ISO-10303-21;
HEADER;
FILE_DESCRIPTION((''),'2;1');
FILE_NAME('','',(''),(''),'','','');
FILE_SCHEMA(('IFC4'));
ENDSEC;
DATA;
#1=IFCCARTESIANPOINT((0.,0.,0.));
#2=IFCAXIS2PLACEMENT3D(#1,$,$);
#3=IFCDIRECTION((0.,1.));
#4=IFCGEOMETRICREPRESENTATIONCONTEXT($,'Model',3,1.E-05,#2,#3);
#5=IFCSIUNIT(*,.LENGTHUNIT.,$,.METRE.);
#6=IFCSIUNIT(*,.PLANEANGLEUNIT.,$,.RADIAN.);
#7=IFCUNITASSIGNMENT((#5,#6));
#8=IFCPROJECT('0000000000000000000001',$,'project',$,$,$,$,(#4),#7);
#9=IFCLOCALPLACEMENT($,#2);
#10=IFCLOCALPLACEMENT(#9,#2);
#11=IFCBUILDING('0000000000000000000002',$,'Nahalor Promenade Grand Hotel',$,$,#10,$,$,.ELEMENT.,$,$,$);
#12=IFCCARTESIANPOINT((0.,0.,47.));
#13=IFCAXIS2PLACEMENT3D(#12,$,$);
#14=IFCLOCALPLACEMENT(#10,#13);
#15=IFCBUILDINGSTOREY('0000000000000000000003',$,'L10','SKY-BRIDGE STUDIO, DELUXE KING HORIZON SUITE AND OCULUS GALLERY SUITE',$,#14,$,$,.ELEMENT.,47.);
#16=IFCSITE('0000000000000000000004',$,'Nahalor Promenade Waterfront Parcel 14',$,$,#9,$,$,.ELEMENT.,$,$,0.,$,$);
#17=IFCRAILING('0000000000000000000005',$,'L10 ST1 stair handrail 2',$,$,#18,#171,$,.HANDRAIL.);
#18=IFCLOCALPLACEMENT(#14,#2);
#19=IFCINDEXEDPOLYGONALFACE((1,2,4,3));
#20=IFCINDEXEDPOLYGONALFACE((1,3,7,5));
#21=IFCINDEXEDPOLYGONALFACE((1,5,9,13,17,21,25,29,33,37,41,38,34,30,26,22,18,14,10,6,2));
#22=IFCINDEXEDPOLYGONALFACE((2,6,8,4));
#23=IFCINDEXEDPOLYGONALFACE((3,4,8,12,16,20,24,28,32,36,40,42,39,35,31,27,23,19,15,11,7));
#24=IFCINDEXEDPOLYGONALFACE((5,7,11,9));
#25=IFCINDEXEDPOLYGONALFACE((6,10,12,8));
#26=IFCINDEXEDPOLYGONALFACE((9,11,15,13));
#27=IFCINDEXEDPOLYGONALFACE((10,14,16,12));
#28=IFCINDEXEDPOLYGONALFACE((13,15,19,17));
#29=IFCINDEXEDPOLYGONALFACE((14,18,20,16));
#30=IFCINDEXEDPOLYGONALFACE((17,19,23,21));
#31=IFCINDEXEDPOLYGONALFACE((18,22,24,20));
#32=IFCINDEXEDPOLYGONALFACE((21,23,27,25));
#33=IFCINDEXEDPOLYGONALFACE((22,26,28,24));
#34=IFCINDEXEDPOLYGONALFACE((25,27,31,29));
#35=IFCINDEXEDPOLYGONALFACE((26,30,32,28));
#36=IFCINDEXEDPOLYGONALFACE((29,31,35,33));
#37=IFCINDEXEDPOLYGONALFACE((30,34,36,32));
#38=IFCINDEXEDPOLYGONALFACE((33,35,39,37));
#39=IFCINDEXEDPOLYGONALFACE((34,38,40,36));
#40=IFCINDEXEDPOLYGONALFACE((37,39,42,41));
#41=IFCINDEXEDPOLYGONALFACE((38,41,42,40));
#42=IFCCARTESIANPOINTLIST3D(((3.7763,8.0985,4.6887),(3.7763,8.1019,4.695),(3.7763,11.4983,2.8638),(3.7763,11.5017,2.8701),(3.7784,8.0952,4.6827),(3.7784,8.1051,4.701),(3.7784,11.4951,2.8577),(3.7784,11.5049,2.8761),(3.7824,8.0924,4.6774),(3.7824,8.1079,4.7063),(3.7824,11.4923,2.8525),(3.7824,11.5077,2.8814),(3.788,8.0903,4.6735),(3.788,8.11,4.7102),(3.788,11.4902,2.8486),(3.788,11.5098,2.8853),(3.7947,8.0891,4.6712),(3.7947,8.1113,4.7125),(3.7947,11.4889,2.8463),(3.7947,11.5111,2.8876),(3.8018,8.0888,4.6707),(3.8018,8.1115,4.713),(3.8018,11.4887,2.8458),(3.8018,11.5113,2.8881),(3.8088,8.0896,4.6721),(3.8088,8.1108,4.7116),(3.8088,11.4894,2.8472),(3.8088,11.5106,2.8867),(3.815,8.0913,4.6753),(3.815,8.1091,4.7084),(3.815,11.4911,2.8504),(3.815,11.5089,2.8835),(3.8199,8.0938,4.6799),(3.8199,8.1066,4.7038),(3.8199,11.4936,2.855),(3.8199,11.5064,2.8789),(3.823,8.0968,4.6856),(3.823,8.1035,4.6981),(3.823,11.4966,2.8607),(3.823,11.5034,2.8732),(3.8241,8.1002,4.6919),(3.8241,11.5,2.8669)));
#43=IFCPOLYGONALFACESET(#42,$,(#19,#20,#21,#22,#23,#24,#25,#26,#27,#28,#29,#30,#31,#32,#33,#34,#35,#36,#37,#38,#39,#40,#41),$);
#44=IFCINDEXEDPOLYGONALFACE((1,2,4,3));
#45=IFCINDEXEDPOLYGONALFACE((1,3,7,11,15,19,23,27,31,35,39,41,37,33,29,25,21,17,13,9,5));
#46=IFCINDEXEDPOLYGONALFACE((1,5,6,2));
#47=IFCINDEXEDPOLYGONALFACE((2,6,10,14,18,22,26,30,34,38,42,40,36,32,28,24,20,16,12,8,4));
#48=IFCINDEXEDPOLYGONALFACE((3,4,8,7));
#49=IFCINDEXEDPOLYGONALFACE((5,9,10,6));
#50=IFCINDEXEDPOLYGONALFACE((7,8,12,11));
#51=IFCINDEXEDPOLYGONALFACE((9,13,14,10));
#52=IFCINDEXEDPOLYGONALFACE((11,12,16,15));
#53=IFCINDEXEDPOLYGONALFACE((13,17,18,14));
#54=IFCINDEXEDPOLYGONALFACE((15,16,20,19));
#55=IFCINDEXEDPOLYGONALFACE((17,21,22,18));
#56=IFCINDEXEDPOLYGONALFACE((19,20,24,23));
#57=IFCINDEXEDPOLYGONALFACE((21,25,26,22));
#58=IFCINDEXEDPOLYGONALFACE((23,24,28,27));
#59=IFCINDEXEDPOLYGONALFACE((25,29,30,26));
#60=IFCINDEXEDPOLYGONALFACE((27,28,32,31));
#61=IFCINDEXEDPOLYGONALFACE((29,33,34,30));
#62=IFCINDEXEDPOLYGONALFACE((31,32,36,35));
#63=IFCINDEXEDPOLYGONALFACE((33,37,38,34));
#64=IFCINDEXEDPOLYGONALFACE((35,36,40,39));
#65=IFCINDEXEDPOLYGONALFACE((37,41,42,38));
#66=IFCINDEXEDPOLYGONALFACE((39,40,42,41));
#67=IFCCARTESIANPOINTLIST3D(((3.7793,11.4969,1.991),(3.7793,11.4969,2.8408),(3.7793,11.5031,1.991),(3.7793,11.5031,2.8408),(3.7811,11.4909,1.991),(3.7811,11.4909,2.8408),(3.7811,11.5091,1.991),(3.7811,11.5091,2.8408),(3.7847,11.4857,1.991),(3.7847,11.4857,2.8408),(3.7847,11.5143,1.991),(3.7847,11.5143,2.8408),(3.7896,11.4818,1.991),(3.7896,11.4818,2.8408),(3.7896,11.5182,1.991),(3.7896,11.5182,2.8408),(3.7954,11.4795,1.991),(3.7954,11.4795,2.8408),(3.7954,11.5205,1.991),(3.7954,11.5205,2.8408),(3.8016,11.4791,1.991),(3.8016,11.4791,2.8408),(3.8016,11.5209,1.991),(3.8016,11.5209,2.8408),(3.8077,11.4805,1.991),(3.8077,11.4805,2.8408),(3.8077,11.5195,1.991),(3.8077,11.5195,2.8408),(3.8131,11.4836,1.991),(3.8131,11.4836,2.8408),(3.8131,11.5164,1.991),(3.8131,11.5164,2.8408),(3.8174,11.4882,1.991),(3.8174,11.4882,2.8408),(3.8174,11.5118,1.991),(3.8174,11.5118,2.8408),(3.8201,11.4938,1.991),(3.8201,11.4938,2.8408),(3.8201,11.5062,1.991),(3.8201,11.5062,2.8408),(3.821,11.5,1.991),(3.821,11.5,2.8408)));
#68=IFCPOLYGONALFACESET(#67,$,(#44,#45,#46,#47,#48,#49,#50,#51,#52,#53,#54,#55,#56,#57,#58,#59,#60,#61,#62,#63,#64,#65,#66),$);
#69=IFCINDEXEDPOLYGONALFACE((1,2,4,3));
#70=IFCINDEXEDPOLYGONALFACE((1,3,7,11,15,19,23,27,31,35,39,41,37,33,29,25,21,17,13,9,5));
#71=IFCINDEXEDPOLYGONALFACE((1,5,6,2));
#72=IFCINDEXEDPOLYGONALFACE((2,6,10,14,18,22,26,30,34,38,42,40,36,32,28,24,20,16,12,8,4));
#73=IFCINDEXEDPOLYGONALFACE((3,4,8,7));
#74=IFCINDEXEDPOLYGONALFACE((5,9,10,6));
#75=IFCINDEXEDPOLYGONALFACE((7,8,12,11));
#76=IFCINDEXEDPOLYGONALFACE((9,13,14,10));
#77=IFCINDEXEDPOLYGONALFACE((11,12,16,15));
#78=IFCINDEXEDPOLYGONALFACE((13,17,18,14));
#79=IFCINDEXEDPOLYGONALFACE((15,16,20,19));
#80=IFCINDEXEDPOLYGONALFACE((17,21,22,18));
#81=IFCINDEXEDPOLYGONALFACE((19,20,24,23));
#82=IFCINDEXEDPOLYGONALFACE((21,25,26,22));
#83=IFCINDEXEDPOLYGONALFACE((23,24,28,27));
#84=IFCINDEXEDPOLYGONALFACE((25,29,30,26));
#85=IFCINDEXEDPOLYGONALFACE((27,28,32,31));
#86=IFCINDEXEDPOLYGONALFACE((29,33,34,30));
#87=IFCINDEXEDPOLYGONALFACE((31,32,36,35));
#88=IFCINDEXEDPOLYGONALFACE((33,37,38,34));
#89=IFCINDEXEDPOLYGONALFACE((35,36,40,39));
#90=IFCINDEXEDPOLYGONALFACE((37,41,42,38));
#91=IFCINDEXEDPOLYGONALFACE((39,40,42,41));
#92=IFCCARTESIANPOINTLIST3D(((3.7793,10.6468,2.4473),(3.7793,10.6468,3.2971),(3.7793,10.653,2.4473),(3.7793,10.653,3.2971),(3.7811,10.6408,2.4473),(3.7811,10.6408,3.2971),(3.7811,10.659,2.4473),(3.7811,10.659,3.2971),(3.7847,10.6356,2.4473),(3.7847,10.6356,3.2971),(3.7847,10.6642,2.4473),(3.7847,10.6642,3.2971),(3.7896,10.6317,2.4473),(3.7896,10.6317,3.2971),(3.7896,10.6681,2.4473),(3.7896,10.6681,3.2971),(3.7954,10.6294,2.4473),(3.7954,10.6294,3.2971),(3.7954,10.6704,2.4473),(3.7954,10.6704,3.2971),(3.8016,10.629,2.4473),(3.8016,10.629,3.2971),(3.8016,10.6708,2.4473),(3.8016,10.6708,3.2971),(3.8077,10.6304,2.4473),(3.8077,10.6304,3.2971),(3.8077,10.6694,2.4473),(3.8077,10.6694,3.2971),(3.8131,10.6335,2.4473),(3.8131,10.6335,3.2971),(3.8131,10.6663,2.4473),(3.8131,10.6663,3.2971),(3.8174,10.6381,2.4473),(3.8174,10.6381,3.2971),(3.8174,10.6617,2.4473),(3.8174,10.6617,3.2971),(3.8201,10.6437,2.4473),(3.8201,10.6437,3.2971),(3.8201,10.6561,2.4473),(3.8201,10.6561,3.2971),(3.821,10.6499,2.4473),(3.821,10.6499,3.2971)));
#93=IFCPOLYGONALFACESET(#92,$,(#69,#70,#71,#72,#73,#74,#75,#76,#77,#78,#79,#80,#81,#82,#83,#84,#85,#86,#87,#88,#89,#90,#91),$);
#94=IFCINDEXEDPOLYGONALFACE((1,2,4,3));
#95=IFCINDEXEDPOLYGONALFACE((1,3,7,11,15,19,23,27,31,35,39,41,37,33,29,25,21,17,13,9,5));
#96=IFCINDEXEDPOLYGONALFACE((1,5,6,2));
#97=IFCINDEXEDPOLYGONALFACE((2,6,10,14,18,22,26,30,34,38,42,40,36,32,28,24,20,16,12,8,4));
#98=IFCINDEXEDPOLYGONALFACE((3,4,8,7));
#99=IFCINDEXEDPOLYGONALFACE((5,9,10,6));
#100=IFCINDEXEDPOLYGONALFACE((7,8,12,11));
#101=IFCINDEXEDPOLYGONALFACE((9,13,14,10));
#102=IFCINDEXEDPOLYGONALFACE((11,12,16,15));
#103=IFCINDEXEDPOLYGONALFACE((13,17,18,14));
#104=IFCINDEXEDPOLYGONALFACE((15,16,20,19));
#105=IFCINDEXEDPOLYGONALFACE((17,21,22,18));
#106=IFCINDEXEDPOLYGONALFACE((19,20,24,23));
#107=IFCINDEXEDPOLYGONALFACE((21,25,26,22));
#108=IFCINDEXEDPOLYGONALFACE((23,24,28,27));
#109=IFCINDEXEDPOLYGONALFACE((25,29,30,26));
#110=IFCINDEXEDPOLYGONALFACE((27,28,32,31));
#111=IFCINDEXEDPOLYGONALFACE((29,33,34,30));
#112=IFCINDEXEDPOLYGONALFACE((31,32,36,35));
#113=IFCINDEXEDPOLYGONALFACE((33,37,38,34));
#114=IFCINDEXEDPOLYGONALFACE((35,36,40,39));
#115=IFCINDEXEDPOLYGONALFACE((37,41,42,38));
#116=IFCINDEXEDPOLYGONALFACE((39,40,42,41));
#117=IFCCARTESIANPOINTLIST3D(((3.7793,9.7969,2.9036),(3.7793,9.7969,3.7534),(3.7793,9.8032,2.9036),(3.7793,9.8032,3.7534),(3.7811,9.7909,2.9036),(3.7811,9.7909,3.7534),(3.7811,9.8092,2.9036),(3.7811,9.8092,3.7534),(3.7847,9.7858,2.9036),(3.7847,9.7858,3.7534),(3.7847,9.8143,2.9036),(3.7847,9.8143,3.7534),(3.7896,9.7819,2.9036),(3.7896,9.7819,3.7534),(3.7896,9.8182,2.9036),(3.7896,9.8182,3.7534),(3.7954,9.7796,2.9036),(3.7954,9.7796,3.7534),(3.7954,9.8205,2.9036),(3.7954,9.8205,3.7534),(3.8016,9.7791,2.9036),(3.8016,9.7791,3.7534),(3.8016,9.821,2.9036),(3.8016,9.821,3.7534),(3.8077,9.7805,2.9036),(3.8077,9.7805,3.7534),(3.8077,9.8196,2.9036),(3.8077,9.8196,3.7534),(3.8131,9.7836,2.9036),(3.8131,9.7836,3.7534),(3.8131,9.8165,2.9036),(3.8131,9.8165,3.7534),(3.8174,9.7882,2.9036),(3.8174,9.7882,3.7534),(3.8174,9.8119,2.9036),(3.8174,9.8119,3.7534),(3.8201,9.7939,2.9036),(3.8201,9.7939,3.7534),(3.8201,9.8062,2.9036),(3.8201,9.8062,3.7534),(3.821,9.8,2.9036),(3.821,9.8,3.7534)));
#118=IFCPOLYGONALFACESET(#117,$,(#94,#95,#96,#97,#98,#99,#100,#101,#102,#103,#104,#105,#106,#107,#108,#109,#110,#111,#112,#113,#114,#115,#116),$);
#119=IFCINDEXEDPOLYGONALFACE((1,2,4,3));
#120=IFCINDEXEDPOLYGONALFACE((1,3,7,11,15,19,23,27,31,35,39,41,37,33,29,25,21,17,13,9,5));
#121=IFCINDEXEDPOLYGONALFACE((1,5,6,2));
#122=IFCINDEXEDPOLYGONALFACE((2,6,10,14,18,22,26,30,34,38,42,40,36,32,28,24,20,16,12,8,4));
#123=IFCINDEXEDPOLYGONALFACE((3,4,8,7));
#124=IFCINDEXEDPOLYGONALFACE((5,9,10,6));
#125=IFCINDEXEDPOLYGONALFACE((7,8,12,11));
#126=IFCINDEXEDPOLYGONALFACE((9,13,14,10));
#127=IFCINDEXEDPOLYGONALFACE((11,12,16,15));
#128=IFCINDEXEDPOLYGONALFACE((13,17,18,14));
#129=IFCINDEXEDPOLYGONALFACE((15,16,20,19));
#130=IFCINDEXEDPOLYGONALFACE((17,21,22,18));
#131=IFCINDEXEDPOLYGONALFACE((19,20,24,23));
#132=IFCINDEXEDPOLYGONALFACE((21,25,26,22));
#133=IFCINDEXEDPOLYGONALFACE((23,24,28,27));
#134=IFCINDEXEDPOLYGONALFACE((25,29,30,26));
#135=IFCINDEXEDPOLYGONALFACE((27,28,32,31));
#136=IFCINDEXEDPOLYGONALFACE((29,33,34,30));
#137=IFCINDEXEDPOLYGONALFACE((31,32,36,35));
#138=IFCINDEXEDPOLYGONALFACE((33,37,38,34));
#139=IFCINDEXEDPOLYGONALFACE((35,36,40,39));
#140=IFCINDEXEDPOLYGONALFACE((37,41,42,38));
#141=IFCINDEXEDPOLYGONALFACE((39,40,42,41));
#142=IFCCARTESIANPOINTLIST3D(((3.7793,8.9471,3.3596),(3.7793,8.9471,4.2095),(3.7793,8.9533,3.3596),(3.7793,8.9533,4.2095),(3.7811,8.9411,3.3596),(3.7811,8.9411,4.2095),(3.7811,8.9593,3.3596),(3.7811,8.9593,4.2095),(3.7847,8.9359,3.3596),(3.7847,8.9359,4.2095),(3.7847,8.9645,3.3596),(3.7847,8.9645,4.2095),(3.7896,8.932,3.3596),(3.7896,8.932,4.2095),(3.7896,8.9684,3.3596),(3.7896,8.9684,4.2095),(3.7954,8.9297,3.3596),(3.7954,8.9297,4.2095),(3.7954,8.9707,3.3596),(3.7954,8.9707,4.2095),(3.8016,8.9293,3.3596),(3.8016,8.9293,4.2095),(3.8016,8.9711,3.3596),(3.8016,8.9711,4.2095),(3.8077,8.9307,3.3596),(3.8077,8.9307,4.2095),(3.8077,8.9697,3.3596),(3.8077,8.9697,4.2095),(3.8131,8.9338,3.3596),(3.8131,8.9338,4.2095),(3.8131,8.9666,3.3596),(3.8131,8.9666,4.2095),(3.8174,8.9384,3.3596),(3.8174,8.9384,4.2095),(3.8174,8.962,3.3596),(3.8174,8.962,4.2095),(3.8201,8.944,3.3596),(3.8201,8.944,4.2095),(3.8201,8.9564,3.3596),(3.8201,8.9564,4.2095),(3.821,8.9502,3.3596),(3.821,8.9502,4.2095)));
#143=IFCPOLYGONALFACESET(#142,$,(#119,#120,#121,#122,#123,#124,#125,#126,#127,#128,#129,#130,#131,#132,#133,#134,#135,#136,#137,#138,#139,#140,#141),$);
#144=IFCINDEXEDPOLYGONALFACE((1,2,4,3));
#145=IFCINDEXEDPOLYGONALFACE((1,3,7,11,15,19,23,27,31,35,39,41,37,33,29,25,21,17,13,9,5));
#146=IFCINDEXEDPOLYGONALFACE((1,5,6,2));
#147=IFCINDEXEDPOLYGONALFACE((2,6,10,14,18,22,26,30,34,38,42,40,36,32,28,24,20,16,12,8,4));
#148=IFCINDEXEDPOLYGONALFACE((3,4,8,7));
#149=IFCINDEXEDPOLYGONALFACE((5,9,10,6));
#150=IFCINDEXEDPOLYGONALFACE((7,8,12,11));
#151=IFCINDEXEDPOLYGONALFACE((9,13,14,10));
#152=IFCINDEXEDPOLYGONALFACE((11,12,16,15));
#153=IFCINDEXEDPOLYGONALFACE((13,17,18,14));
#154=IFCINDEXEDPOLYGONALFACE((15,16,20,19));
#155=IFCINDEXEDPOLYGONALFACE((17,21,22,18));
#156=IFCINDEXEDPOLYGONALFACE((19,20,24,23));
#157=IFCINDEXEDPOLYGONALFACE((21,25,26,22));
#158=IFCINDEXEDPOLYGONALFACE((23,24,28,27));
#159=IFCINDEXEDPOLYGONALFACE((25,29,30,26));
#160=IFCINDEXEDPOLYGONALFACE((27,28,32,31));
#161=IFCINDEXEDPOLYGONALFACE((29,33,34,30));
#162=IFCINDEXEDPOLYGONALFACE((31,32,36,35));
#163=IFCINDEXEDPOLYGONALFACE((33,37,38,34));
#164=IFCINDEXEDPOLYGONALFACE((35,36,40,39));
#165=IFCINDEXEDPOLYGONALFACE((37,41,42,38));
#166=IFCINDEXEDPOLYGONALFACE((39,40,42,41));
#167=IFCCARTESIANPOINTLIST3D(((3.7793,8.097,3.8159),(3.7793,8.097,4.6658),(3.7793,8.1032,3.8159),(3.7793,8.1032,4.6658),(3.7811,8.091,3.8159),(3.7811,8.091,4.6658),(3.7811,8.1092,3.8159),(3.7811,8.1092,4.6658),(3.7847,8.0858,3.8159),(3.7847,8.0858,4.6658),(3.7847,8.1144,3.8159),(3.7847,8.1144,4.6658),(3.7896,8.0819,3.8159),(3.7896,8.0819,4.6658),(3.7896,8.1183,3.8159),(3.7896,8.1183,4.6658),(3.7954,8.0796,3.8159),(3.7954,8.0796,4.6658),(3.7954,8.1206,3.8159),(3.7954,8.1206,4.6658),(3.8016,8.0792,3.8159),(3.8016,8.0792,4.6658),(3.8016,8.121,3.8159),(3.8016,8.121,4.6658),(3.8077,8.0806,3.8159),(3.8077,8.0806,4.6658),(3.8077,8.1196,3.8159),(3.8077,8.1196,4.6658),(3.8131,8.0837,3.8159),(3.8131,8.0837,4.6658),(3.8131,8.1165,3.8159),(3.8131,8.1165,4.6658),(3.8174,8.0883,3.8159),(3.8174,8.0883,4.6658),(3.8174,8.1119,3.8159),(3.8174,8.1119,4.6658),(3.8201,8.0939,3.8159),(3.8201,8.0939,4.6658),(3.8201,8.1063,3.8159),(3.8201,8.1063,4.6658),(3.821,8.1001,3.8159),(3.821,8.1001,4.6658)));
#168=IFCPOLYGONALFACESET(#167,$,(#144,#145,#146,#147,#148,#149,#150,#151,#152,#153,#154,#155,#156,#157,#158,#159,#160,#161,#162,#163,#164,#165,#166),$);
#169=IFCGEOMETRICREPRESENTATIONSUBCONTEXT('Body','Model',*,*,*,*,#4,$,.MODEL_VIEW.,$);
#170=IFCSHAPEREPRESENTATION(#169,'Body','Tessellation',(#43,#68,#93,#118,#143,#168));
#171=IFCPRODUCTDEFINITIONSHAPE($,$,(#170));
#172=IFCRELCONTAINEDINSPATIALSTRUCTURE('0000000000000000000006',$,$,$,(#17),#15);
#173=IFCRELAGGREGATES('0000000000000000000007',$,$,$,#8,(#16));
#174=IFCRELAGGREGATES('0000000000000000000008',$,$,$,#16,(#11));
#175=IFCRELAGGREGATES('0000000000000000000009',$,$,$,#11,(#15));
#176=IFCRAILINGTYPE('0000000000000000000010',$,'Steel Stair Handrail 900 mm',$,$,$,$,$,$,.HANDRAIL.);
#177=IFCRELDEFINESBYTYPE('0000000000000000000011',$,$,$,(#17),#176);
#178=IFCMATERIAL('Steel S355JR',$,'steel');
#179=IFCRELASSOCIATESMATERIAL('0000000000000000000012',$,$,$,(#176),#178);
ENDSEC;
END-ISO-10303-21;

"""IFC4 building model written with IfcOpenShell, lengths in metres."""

from ifc_helpers import new_model, si_unit, direction, frame, origin, origin_2d, place, context, subcontext, project, spatial, circle, extrude, material, type_object, element, save


model = new_model("IFC4")

# Units and contexts
model_context = context("Model", 3, precision=1e-05, world=origin(), true_north=direction((0.0, 1.0)))
body_context = subcontext(model_context, "Body", "Model", "MODEL_VIEW")
ifc_project = project(units=[si_unit("LENGTHUNIT", "METRE"), si_unit("PLANEANGLEUNIT", "RADIAN")], contexts=[model_context])

# Site, building, storey
site_placement = place(None, origin())
site = spatial("IfcSite", under=ifc_project, at=site_placement, Name="Nahalor Promenade Waterfront Parcel 14", CompositionType="ELEMENT", RefElevation=0.0)
building_placement = place(site_placement, origin())
building = spatial("IfcBuilding", under=site, at=building_placement, Name="Nahalor Promenade Grand Hotel", CompositionType="ELEMENT")
storey_placement = place(building_placement, frame((0.0, 0.0, 47.0)))
storey = spatial("IfcBuildingStorey", under=building, at=storey_placement, Name="L10", Description="SKY-BRIDGE STUDIO, DELUXE KING HORIZON SUITE AND OCULUS GALLERY SUITE", CompositionType="ELEMENT", Elevation=47.0)

# Shared definitions
ifc_material_1 = material(Name="Steel S355JR", Category="steel")

# Railing
railing_type_1 = type_object("IfcRailingType", Name="Steel Stair Handrail 900 mm", PredefinedType="HANDRAIL", material=ifc_material_1)
railing_1_placement = place(storey_placement, frame((3.8, 11.5, 1.991)))
element("IfcRailing", 1, at=railing_1_placement, inside=storey, type_object=railing_type_1, Name="L10 ST1 stair handrail 2", PredefinedType="HANDRAIL", context=body_context, shape_type="SweptSolid", body=[
    extrude(circle(Radius=0.024, at=origin_2d()), frame((0.0, 0.0, 0.876), z_axis=(0.0, -0.881094, 0.472941), x_axis=(1.0, 0.0, 0.0)), (0.0, 0.0, 1.0), 3.8586),
    extrude(circle(Radius=0.021, at=origin_2d()), origin(), (0.0, 0.0, 1.0), 0.8499),
    extrude(circle(Radius=0.021, at=origin_2d()), frame((0.0, -0.8501, 0.4563)), (0.0, 0.0, 1.0), 0.8499),
    extrude(circle(Radius=0.021, at=origin_2d()), frame((0.0, -1.7, 0.9126)), (0.0, 0.0, 1.0), 0.8499),
    extrude(circle(Radius=0.021, at=origin_2d()), frame((0.0, -2.5498, 1.3687)), (0.0, 0.0, 1.0), 0.8499),
    extrude(circle(Radius=0.021, at=origin_2d()), frame((0.0, -3.3999, 1.825)), (0.0, 0.0, 1.0), 0.8499),
])

save(model, "model.ifc")
